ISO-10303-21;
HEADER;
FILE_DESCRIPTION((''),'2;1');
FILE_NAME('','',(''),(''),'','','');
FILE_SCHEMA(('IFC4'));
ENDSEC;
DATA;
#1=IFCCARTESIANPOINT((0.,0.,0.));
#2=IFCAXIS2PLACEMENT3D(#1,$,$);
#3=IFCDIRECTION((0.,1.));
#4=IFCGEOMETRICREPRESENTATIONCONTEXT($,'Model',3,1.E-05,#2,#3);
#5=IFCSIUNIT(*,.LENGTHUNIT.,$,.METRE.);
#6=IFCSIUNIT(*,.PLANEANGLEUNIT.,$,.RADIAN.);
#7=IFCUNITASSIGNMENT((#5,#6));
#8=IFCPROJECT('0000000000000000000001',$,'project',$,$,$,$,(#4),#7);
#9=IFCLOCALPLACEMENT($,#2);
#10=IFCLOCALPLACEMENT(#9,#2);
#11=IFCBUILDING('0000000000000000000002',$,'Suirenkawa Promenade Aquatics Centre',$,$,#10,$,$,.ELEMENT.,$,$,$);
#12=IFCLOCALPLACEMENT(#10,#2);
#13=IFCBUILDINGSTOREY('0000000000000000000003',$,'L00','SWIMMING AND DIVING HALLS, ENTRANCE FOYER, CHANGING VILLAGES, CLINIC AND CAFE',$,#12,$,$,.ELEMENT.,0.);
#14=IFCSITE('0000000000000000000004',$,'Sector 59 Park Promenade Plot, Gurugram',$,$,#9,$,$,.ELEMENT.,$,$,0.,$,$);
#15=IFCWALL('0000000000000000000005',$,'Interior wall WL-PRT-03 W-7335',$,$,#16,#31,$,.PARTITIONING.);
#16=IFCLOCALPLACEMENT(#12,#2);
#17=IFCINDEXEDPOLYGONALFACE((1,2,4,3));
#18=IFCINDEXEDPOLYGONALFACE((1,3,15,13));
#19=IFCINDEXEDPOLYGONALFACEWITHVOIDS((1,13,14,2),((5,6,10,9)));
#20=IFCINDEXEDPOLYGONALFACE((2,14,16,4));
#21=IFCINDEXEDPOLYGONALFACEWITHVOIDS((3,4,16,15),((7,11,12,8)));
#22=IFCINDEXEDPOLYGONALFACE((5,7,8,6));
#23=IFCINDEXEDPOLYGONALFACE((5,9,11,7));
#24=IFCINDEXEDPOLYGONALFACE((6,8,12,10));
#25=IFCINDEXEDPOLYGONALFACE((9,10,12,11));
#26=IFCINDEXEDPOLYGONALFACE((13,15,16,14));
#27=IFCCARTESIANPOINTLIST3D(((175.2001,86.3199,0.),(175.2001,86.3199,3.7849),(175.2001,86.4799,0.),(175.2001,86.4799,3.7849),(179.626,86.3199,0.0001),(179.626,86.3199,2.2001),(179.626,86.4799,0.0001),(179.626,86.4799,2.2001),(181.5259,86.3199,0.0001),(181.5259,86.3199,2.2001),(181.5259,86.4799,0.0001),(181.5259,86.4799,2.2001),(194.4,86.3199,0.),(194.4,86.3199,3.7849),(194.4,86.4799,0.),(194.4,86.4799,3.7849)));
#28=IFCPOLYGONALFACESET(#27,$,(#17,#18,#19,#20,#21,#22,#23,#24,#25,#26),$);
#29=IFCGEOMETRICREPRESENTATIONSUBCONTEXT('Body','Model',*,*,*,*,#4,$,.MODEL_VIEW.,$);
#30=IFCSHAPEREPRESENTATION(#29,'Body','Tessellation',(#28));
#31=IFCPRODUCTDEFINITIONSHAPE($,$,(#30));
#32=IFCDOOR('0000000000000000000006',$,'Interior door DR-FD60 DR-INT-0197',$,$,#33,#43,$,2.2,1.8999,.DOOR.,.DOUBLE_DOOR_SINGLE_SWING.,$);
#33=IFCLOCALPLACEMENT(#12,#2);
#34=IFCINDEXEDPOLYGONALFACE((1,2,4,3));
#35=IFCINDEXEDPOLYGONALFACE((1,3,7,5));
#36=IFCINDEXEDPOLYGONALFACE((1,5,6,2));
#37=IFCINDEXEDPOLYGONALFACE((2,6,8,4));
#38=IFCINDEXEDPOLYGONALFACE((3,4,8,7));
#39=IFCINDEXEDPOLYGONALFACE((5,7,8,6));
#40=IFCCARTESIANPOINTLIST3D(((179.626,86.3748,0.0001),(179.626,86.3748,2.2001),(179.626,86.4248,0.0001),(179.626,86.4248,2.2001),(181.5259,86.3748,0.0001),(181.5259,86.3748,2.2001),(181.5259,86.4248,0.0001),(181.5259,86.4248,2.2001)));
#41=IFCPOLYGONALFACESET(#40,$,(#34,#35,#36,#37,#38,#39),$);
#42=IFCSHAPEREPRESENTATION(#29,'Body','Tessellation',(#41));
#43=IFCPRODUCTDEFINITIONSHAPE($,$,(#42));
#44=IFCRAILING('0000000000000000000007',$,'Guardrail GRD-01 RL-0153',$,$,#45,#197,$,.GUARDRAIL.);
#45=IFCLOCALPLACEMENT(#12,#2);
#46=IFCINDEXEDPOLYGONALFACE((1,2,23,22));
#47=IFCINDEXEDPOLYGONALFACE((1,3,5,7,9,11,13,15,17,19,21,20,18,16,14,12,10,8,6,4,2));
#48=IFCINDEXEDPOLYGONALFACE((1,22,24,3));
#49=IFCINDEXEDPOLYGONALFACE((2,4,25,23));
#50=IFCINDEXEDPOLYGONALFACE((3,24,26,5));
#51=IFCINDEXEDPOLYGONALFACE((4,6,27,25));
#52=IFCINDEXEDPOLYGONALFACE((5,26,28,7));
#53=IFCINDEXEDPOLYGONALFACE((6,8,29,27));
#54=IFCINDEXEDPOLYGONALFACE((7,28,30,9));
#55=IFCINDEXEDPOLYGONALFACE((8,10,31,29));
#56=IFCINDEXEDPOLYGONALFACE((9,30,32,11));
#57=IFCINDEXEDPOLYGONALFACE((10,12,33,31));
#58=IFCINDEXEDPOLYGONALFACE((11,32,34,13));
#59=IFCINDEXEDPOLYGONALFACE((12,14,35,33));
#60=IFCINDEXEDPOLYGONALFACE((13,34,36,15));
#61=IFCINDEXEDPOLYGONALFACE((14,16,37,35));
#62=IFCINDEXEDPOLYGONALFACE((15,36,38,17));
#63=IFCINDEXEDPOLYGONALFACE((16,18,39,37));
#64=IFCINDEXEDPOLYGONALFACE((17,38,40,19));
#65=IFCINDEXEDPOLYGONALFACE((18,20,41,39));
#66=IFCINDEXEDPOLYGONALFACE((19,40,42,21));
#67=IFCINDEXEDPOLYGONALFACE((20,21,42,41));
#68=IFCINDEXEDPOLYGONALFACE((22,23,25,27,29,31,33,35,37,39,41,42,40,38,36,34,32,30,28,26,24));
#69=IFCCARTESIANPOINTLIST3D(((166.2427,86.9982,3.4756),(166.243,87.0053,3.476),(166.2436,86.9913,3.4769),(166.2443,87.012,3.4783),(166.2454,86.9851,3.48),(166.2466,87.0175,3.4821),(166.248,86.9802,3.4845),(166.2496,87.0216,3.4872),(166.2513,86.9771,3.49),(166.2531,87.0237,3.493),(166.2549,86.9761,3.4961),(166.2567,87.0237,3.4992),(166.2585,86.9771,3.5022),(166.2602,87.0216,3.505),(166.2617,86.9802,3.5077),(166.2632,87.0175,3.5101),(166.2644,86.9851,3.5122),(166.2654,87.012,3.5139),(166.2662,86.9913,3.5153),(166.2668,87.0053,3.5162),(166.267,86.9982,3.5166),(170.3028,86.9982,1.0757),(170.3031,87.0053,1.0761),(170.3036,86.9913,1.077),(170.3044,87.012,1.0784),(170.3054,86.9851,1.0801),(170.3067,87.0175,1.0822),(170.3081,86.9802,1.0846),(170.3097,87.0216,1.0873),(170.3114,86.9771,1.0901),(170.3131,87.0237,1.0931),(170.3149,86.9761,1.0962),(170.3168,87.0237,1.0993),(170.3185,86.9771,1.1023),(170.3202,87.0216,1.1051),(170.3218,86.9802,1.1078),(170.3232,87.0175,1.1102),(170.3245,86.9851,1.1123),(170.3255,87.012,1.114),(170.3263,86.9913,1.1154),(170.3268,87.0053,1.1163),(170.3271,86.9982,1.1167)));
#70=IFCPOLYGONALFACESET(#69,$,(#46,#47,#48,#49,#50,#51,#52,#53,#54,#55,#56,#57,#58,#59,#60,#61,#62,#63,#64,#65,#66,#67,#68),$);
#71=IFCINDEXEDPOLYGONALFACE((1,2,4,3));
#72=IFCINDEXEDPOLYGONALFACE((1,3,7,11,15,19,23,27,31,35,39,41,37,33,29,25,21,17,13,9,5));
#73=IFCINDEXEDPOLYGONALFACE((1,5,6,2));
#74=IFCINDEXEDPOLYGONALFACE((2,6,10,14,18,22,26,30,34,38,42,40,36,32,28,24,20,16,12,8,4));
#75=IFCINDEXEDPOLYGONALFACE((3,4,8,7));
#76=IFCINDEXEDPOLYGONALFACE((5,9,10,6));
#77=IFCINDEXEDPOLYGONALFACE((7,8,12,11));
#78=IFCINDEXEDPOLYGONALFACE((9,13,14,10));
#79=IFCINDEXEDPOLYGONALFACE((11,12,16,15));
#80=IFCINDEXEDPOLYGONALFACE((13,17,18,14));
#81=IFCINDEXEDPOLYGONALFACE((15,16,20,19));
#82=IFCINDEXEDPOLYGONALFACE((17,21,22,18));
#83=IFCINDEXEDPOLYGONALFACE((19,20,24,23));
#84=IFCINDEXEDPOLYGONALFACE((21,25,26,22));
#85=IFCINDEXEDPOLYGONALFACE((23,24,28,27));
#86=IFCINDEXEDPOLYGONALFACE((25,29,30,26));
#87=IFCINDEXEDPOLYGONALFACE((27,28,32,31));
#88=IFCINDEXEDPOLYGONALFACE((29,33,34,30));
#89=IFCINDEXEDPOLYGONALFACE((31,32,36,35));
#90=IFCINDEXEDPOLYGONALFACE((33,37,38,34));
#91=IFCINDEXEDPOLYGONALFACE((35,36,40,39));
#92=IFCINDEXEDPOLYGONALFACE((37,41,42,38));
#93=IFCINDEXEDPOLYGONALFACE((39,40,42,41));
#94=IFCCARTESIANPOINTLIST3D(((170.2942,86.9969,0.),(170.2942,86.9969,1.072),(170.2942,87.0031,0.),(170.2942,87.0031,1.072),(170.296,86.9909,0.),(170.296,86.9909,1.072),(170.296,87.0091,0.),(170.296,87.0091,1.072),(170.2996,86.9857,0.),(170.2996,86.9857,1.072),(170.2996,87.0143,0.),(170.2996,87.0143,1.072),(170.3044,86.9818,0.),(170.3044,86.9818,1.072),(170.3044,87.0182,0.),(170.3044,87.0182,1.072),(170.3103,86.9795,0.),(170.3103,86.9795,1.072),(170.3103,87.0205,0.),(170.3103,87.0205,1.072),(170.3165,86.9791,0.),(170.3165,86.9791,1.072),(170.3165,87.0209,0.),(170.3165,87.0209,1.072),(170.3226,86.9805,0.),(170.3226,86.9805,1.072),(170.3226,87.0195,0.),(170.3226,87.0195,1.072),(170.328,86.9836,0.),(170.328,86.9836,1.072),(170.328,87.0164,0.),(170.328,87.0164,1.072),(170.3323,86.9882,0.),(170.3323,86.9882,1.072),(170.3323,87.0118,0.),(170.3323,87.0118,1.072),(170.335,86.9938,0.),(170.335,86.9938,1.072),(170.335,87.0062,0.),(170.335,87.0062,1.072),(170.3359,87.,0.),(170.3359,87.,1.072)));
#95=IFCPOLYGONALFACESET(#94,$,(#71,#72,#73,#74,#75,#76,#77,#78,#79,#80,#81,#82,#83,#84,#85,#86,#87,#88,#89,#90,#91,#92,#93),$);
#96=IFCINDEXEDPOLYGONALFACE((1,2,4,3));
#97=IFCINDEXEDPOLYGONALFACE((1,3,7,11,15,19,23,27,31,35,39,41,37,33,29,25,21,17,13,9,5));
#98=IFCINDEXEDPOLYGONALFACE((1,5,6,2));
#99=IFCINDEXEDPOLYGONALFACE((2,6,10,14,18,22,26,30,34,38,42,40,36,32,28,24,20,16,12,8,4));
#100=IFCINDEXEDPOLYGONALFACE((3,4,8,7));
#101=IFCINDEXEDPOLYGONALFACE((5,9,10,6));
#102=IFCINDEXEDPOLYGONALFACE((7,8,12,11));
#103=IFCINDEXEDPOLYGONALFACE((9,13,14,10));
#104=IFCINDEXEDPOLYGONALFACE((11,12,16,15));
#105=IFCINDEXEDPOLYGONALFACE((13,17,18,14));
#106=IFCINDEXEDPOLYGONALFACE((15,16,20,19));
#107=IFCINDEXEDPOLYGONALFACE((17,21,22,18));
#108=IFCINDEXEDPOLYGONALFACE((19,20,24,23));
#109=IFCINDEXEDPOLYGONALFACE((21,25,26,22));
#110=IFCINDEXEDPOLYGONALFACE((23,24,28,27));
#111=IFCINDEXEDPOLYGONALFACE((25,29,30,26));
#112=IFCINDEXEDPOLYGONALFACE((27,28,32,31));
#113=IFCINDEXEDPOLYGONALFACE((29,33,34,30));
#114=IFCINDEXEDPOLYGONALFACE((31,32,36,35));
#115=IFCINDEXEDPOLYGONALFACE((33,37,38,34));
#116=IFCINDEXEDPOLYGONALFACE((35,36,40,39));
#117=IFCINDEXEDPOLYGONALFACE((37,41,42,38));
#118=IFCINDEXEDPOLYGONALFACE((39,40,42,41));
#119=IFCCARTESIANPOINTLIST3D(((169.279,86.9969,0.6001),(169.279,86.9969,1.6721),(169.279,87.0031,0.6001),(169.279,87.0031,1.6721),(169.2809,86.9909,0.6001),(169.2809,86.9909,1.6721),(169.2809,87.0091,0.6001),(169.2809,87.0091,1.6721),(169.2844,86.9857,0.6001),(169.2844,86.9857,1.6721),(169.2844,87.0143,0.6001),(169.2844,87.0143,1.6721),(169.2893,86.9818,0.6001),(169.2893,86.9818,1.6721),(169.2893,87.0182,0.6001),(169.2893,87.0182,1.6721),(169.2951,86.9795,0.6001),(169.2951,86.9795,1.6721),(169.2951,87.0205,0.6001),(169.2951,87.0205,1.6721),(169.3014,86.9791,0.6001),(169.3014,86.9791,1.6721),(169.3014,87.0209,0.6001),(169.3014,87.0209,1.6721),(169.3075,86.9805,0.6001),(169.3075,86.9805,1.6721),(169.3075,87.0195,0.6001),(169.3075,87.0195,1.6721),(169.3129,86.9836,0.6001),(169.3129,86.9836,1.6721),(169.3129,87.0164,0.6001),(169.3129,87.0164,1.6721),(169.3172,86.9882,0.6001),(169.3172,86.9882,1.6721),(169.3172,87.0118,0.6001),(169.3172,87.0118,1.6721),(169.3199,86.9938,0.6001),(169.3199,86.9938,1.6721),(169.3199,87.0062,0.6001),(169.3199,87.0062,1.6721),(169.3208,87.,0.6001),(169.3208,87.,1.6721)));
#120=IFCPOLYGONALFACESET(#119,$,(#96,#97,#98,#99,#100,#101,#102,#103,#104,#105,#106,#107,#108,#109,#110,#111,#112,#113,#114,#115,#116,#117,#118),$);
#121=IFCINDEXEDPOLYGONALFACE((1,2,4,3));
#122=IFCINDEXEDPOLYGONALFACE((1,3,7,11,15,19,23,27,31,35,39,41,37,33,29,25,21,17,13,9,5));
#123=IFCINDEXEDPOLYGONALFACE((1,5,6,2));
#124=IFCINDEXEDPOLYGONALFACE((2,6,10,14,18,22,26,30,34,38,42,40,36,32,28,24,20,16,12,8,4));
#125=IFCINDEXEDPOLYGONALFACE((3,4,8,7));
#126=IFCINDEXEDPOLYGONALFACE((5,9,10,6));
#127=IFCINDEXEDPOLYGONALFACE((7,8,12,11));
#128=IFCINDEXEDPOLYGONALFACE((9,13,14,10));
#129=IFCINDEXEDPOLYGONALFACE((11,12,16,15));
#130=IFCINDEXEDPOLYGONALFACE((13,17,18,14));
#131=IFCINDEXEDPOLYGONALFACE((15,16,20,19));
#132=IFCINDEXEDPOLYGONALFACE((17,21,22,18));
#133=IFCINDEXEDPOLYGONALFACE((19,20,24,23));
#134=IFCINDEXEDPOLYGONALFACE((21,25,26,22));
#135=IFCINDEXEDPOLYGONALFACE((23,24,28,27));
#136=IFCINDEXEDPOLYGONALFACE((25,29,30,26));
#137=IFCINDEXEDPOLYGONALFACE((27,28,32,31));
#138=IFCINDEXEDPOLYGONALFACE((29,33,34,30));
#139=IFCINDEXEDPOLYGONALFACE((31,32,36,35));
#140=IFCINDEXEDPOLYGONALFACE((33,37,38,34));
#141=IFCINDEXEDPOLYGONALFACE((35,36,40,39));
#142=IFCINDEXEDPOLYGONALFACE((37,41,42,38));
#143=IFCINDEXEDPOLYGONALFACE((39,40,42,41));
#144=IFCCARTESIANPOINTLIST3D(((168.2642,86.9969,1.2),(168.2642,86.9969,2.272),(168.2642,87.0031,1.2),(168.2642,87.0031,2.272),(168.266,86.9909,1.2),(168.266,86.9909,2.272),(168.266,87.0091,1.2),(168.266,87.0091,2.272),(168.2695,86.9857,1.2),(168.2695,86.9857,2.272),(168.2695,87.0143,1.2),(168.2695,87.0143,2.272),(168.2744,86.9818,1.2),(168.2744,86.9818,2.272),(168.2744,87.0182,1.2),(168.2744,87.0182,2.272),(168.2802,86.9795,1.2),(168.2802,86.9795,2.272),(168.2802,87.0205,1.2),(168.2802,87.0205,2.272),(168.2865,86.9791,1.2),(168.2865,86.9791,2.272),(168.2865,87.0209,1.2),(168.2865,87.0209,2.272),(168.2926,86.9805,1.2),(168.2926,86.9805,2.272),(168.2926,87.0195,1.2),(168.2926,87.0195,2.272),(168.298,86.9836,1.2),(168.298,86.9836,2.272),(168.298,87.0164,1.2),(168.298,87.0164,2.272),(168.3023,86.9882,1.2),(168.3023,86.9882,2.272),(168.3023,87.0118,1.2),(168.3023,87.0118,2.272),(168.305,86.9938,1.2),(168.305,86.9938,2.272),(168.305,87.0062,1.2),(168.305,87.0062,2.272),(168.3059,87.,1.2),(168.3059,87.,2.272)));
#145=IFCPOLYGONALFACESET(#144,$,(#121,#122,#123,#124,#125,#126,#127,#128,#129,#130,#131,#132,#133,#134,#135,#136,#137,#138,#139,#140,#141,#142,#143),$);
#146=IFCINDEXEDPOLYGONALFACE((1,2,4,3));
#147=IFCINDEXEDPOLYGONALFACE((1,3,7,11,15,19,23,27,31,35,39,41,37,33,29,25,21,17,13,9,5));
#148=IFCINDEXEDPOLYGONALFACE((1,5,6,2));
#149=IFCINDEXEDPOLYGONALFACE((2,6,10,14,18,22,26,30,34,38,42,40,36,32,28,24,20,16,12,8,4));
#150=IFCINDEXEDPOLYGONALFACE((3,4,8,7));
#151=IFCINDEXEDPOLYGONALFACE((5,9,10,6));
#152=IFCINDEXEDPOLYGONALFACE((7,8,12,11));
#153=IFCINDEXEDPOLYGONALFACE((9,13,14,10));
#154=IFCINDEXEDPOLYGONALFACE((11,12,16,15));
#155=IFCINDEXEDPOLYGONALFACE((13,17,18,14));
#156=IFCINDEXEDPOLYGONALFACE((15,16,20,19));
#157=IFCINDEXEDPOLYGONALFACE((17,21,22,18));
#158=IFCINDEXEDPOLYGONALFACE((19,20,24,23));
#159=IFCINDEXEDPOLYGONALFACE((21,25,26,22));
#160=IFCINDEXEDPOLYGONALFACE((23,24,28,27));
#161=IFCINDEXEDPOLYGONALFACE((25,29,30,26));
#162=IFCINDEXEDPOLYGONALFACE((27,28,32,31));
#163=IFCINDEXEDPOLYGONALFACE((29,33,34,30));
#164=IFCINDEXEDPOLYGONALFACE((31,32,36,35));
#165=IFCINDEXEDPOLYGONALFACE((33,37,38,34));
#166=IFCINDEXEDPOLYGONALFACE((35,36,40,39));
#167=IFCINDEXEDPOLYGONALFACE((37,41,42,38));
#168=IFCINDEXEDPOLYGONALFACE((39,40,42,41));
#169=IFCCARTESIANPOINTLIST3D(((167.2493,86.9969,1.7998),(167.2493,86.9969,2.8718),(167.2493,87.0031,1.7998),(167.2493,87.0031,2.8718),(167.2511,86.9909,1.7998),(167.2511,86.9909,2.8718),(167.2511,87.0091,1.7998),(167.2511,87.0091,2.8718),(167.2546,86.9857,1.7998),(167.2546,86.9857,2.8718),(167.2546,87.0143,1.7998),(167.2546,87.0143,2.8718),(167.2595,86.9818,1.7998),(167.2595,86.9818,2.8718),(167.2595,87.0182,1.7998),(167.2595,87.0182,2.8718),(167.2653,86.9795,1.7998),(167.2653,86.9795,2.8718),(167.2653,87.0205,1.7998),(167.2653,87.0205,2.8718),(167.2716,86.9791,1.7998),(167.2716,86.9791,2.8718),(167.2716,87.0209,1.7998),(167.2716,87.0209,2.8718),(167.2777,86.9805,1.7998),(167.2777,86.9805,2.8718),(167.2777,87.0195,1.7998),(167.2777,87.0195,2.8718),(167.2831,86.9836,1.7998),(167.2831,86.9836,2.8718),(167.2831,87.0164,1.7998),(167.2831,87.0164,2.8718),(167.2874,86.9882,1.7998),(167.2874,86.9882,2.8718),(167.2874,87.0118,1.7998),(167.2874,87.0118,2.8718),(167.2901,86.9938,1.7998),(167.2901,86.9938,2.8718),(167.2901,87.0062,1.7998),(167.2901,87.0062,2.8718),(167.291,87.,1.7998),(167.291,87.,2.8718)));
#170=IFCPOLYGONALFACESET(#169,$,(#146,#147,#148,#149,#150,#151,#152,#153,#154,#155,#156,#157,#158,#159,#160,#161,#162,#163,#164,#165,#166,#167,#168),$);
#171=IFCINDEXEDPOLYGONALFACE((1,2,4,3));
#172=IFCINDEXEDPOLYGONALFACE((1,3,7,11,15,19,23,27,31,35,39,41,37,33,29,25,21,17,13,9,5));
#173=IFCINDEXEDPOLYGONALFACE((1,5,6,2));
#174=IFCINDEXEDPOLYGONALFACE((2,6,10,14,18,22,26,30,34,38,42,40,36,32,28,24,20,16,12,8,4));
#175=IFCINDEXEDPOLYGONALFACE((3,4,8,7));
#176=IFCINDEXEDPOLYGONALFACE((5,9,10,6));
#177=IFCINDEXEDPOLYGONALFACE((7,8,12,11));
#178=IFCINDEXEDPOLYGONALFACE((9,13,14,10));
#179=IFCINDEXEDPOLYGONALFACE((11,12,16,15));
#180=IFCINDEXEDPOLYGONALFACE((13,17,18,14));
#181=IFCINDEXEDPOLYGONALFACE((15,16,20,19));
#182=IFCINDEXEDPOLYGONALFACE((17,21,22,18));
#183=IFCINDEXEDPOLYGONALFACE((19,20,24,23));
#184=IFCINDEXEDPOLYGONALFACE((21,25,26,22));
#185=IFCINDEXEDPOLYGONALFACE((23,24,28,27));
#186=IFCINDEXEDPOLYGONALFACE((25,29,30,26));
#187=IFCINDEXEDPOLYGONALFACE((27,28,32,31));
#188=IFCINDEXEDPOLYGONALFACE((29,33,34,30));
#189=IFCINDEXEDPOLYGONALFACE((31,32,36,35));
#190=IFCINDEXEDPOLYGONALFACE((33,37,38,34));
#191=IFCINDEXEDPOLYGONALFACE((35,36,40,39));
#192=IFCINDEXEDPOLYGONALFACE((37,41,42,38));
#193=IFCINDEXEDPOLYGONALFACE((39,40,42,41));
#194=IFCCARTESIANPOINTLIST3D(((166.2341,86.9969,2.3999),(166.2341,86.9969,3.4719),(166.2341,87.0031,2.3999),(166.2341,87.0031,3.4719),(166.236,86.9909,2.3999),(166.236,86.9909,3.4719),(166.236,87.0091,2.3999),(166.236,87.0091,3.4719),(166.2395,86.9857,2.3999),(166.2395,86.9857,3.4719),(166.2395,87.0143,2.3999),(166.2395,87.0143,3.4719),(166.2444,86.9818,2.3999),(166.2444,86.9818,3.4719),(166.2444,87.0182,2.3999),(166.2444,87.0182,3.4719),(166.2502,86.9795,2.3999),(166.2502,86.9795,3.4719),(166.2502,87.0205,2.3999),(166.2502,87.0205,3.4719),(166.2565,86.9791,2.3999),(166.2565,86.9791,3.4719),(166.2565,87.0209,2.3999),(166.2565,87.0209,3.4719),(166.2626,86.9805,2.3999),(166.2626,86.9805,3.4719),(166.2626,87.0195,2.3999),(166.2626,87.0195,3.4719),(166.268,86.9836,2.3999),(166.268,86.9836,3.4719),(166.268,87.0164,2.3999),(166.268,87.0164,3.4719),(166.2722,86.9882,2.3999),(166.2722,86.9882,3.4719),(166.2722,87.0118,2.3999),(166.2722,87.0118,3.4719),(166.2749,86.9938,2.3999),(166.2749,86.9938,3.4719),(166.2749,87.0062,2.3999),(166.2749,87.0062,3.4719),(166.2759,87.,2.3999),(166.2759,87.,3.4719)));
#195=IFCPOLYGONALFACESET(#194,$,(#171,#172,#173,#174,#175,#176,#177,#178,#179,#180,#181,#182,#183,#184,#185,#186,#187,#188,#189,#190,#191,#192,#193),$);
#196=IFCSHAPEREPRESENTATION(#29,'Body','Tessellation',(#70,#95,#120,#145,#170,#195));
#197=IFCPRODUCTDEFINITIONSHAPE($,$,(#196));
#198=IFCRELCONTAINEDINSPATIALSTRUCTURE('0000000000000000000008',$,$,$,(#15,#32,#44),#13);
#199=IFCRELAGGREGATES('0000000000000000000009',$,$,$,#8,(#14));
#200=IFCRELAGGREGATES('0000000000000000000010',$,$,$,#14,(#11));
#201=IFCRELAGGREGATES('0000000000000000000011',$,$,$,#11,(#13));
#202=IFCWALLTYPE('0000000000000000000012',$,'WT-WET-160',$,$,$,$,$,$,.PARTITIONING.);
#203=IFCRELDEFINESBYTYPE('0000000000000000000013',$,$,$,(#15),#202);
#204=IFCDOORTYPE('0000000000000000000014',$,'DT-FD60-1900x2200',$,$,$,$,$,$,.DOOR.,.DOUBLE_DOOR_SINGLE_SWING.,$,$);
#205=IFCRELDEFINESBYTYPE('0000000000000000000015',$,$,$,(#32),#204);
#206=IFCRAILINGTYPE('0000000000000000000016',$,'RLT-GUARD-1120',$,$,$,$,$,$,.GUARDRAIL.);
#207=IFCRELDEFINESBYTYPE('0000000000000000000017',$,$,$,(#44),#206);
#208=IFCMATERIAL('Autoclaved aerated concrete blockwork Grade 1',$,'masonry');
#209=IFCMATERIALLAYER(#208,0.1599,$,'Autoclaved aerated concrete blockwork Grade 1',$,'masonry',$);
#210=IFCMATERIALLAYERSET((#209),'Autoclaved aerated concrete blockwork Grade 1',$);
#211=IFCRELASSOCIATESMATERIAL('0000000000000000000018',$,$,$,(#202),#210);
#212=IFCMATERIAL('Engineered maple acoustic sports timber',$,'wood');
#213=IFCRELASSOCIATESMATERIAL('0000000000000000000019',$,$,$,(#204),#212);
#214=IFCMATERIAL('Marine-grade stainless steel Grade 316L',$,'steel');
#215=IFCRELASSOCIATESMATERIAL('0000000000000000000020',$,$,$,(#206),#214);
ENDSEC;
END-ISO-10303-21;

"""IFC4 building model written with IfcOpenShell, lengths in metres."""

from ifc_helpers import new_model, si_unit, direction, frame, frame_2d, origin, origin_2d, place, context, subcontext, project, spatial, rectangle, circle, extrude, material, layer, layer_set, type_object, element, fill, save


model = new_model("IFC4")

# Units and contexts
model_context = context("Model", 3, precision=1e-05, world=origin(), true_north=direction((0.0, 1.0)))
body_context = subcontext(model_context, "Body", "Model", "MODEL_VIEW")
ifc_project = project(units=[si_unit("LENGTHUNIT", "METRE"), si_unit("PLANEANGLEUNIT", "RADIAN")], contexts=[model_context])

# Site, building, storey
site_placement = place(None, origin())
site = spatial("IfcSite", under=ifc_project, at=site_placement, Name="Sector 59 Park Promenade Plot, Gurugram", CompositionType="ELEMENT", RefElevation=0.0)
building_placement = place(site_placement, origin())
building = spatial("IfcBuilding", under=site, at=building_placement, Name="Suirenkawa Promenade Aquatics Centre", CompositionType="ELEMENT")
storey_placement = place(building_placement, origin())
storey = spatial("IfcBuildingStorey", under=building, at=storey_placement, Name="L00", Description="SWIMMING AND DIVING HALLS, ENTRANCE FOYER, CHANGING VILLAGES, CLINIC AND CAFE", CompositionType="ELEMENT", Elevation=0.0)

# Wall, opening, door
ifc_material_1 = material(Name="Autoclaved aerated concrete blockwork Grade 1", Category="masonry")
ifc_layer_1 = layer(ifc_material_1, 0.1599, Name="Autoclaved aerated concrete blockwork Grade 1", Category="masonry")
ifc_layer_set_1 = layer_set([ifc_layer_1], Name="Autoclaved aerated concrete blockwork Grade 1")
wall_type_1 = type_object("IfcWallType", Name="WT-WET-160", PredefinedType="PARTITIONING", material=ifc_layer_set_1)
wall_1_placement = place(storey_placement, frame((175.2, 86.3999, 0.0), z_axis=(0.0, 0.0, 1.0), x_axis=(1.0, 0.0, 0.0)))
wall_1 = element("IfcWall", 1, at=wall_1_placement, inside=storey, type_object=wall_type_1, Name="Interior wall WL-PRT-03 W-7335", PredefinedType="PARTITIONING", context=body_context, shape_type="SweptSolid", body=[
    extrude(rectangle(XDim=19.2, YDim=0.1599, at=frame_2d((9.6001, 0.0))), origin(), (0.0, 0.0, 1.0), 3.7849),
])
opening_placement = place(wall_1_placement, frame((4.426, 0.0, 0.0)))
opening = element("IfcOpeningElement", 2, at=opening_placement, cuts=wall_1, PredefinedType="OPENING", context=body_context, shape_type="SweptSolid", body=[
    extrude(rectangle(XDim=1.8999, YDim=2.2, at=frame_2d((0.95, 1.1001))), frame((0.0, 0.0898, 0.0), z_axis=(0.0, -1.0, 0.0), x_axis=(1.0, 0.0, 0.0)), (0.0, 0.0, 1.0), 0.1799),
])
ifc_material_2 = material(Name="Engineered maple acoustic sports timber", Category="wood")
door_type = type_object("IfcDoorType", Name="DT-FD60-1900x2200", OperationType="DOUBLE_DOOR_SINGLE_SWING", PredefinedType="DOOR", material=ifc_material_2)
door_placement = place(opening_placement, origin())
door = element("IfcDoor", 3, at=door_placement, inside=storey, type_object=door_type, Name="Interior door DR-FD60 DR-INT-0197", OperationType="DOUBLE_DOOR_SINGLE_SWING", OverallHeight=2.2, OverallWidth=1.8999, PredefinedType="DOOR", context=body_context, shape_type="SweptSolid", body=[
    extrude(rectangle(XDim=1.8999, YDim=2.2, at=frame_2d((0.95, 1.1001))), frame((0.0, 0.0249, 0.0), z_axis=(0.0, -1.0, 0.0), x_axis=(1.0, 0.0, 0.0)), (0.0, 0.0, 1.0), 0.05),
])
fill(opening, door)

# Railing
ifc_material_3 = material(Name="Marine-grade stainless steel Grade 316L", Category="steel")
railing_type_1 = type_object("IfcRailingType", Name="RLT-GUARD-1120", PredefinedType="GUARDRAIL", material=ifc_material_3)
railing_1_placement = place(storey_placement, frame((170.3149, 87.0, 0.0)))
element("IfcRailing", 4, at=railing_1_placement, inside=storey, type_object=railing_type_1, Name="Guardrail GRD-01 RL-0153", PredefinedType="GUARDRAIL", context=body_context, shape_type="SweptSolid", body=[
    extrude(circle(Radius=0.0239, at=origin_2d()), frame((0.0, 0.0, 1.0962), z_axis=(-0.860854, 0.0, 0.508851), x_axis=(0.0, -1.0, 0.0)), (0.0, 0.0, 1.0), 4.7163),
    extrude(circle(Radius=0.021, at=origin_2d()), origin(), (0.0, 0.0, 1.0), 1.072),
    extrude(circle(Radius=0.021, at=origin_2d()), frame((-1.0151, 0.0, 0.6001)), (0.0, 0.0, 1.0), 1.072),
    extrude(circle(Radius=0.021, at=origin_2d()), frame((-2.03, 0.0, 1.2)), (0.0, 0.0, 1.0), 1.072),
    extrude(circle(Radius=0.021, at=origin_2d()), frame((-3.0449, 0.0, 1.7998)), (0.0, 0.0, 1.0), 1.072),
    extrude(circle(Radius=0.021, at=origin_2d()), frame((-4.0601, 0.0, 2.3999)), (0.0, 0.0, 1.0), 1.072),
])

save(model, "model.ifc")
